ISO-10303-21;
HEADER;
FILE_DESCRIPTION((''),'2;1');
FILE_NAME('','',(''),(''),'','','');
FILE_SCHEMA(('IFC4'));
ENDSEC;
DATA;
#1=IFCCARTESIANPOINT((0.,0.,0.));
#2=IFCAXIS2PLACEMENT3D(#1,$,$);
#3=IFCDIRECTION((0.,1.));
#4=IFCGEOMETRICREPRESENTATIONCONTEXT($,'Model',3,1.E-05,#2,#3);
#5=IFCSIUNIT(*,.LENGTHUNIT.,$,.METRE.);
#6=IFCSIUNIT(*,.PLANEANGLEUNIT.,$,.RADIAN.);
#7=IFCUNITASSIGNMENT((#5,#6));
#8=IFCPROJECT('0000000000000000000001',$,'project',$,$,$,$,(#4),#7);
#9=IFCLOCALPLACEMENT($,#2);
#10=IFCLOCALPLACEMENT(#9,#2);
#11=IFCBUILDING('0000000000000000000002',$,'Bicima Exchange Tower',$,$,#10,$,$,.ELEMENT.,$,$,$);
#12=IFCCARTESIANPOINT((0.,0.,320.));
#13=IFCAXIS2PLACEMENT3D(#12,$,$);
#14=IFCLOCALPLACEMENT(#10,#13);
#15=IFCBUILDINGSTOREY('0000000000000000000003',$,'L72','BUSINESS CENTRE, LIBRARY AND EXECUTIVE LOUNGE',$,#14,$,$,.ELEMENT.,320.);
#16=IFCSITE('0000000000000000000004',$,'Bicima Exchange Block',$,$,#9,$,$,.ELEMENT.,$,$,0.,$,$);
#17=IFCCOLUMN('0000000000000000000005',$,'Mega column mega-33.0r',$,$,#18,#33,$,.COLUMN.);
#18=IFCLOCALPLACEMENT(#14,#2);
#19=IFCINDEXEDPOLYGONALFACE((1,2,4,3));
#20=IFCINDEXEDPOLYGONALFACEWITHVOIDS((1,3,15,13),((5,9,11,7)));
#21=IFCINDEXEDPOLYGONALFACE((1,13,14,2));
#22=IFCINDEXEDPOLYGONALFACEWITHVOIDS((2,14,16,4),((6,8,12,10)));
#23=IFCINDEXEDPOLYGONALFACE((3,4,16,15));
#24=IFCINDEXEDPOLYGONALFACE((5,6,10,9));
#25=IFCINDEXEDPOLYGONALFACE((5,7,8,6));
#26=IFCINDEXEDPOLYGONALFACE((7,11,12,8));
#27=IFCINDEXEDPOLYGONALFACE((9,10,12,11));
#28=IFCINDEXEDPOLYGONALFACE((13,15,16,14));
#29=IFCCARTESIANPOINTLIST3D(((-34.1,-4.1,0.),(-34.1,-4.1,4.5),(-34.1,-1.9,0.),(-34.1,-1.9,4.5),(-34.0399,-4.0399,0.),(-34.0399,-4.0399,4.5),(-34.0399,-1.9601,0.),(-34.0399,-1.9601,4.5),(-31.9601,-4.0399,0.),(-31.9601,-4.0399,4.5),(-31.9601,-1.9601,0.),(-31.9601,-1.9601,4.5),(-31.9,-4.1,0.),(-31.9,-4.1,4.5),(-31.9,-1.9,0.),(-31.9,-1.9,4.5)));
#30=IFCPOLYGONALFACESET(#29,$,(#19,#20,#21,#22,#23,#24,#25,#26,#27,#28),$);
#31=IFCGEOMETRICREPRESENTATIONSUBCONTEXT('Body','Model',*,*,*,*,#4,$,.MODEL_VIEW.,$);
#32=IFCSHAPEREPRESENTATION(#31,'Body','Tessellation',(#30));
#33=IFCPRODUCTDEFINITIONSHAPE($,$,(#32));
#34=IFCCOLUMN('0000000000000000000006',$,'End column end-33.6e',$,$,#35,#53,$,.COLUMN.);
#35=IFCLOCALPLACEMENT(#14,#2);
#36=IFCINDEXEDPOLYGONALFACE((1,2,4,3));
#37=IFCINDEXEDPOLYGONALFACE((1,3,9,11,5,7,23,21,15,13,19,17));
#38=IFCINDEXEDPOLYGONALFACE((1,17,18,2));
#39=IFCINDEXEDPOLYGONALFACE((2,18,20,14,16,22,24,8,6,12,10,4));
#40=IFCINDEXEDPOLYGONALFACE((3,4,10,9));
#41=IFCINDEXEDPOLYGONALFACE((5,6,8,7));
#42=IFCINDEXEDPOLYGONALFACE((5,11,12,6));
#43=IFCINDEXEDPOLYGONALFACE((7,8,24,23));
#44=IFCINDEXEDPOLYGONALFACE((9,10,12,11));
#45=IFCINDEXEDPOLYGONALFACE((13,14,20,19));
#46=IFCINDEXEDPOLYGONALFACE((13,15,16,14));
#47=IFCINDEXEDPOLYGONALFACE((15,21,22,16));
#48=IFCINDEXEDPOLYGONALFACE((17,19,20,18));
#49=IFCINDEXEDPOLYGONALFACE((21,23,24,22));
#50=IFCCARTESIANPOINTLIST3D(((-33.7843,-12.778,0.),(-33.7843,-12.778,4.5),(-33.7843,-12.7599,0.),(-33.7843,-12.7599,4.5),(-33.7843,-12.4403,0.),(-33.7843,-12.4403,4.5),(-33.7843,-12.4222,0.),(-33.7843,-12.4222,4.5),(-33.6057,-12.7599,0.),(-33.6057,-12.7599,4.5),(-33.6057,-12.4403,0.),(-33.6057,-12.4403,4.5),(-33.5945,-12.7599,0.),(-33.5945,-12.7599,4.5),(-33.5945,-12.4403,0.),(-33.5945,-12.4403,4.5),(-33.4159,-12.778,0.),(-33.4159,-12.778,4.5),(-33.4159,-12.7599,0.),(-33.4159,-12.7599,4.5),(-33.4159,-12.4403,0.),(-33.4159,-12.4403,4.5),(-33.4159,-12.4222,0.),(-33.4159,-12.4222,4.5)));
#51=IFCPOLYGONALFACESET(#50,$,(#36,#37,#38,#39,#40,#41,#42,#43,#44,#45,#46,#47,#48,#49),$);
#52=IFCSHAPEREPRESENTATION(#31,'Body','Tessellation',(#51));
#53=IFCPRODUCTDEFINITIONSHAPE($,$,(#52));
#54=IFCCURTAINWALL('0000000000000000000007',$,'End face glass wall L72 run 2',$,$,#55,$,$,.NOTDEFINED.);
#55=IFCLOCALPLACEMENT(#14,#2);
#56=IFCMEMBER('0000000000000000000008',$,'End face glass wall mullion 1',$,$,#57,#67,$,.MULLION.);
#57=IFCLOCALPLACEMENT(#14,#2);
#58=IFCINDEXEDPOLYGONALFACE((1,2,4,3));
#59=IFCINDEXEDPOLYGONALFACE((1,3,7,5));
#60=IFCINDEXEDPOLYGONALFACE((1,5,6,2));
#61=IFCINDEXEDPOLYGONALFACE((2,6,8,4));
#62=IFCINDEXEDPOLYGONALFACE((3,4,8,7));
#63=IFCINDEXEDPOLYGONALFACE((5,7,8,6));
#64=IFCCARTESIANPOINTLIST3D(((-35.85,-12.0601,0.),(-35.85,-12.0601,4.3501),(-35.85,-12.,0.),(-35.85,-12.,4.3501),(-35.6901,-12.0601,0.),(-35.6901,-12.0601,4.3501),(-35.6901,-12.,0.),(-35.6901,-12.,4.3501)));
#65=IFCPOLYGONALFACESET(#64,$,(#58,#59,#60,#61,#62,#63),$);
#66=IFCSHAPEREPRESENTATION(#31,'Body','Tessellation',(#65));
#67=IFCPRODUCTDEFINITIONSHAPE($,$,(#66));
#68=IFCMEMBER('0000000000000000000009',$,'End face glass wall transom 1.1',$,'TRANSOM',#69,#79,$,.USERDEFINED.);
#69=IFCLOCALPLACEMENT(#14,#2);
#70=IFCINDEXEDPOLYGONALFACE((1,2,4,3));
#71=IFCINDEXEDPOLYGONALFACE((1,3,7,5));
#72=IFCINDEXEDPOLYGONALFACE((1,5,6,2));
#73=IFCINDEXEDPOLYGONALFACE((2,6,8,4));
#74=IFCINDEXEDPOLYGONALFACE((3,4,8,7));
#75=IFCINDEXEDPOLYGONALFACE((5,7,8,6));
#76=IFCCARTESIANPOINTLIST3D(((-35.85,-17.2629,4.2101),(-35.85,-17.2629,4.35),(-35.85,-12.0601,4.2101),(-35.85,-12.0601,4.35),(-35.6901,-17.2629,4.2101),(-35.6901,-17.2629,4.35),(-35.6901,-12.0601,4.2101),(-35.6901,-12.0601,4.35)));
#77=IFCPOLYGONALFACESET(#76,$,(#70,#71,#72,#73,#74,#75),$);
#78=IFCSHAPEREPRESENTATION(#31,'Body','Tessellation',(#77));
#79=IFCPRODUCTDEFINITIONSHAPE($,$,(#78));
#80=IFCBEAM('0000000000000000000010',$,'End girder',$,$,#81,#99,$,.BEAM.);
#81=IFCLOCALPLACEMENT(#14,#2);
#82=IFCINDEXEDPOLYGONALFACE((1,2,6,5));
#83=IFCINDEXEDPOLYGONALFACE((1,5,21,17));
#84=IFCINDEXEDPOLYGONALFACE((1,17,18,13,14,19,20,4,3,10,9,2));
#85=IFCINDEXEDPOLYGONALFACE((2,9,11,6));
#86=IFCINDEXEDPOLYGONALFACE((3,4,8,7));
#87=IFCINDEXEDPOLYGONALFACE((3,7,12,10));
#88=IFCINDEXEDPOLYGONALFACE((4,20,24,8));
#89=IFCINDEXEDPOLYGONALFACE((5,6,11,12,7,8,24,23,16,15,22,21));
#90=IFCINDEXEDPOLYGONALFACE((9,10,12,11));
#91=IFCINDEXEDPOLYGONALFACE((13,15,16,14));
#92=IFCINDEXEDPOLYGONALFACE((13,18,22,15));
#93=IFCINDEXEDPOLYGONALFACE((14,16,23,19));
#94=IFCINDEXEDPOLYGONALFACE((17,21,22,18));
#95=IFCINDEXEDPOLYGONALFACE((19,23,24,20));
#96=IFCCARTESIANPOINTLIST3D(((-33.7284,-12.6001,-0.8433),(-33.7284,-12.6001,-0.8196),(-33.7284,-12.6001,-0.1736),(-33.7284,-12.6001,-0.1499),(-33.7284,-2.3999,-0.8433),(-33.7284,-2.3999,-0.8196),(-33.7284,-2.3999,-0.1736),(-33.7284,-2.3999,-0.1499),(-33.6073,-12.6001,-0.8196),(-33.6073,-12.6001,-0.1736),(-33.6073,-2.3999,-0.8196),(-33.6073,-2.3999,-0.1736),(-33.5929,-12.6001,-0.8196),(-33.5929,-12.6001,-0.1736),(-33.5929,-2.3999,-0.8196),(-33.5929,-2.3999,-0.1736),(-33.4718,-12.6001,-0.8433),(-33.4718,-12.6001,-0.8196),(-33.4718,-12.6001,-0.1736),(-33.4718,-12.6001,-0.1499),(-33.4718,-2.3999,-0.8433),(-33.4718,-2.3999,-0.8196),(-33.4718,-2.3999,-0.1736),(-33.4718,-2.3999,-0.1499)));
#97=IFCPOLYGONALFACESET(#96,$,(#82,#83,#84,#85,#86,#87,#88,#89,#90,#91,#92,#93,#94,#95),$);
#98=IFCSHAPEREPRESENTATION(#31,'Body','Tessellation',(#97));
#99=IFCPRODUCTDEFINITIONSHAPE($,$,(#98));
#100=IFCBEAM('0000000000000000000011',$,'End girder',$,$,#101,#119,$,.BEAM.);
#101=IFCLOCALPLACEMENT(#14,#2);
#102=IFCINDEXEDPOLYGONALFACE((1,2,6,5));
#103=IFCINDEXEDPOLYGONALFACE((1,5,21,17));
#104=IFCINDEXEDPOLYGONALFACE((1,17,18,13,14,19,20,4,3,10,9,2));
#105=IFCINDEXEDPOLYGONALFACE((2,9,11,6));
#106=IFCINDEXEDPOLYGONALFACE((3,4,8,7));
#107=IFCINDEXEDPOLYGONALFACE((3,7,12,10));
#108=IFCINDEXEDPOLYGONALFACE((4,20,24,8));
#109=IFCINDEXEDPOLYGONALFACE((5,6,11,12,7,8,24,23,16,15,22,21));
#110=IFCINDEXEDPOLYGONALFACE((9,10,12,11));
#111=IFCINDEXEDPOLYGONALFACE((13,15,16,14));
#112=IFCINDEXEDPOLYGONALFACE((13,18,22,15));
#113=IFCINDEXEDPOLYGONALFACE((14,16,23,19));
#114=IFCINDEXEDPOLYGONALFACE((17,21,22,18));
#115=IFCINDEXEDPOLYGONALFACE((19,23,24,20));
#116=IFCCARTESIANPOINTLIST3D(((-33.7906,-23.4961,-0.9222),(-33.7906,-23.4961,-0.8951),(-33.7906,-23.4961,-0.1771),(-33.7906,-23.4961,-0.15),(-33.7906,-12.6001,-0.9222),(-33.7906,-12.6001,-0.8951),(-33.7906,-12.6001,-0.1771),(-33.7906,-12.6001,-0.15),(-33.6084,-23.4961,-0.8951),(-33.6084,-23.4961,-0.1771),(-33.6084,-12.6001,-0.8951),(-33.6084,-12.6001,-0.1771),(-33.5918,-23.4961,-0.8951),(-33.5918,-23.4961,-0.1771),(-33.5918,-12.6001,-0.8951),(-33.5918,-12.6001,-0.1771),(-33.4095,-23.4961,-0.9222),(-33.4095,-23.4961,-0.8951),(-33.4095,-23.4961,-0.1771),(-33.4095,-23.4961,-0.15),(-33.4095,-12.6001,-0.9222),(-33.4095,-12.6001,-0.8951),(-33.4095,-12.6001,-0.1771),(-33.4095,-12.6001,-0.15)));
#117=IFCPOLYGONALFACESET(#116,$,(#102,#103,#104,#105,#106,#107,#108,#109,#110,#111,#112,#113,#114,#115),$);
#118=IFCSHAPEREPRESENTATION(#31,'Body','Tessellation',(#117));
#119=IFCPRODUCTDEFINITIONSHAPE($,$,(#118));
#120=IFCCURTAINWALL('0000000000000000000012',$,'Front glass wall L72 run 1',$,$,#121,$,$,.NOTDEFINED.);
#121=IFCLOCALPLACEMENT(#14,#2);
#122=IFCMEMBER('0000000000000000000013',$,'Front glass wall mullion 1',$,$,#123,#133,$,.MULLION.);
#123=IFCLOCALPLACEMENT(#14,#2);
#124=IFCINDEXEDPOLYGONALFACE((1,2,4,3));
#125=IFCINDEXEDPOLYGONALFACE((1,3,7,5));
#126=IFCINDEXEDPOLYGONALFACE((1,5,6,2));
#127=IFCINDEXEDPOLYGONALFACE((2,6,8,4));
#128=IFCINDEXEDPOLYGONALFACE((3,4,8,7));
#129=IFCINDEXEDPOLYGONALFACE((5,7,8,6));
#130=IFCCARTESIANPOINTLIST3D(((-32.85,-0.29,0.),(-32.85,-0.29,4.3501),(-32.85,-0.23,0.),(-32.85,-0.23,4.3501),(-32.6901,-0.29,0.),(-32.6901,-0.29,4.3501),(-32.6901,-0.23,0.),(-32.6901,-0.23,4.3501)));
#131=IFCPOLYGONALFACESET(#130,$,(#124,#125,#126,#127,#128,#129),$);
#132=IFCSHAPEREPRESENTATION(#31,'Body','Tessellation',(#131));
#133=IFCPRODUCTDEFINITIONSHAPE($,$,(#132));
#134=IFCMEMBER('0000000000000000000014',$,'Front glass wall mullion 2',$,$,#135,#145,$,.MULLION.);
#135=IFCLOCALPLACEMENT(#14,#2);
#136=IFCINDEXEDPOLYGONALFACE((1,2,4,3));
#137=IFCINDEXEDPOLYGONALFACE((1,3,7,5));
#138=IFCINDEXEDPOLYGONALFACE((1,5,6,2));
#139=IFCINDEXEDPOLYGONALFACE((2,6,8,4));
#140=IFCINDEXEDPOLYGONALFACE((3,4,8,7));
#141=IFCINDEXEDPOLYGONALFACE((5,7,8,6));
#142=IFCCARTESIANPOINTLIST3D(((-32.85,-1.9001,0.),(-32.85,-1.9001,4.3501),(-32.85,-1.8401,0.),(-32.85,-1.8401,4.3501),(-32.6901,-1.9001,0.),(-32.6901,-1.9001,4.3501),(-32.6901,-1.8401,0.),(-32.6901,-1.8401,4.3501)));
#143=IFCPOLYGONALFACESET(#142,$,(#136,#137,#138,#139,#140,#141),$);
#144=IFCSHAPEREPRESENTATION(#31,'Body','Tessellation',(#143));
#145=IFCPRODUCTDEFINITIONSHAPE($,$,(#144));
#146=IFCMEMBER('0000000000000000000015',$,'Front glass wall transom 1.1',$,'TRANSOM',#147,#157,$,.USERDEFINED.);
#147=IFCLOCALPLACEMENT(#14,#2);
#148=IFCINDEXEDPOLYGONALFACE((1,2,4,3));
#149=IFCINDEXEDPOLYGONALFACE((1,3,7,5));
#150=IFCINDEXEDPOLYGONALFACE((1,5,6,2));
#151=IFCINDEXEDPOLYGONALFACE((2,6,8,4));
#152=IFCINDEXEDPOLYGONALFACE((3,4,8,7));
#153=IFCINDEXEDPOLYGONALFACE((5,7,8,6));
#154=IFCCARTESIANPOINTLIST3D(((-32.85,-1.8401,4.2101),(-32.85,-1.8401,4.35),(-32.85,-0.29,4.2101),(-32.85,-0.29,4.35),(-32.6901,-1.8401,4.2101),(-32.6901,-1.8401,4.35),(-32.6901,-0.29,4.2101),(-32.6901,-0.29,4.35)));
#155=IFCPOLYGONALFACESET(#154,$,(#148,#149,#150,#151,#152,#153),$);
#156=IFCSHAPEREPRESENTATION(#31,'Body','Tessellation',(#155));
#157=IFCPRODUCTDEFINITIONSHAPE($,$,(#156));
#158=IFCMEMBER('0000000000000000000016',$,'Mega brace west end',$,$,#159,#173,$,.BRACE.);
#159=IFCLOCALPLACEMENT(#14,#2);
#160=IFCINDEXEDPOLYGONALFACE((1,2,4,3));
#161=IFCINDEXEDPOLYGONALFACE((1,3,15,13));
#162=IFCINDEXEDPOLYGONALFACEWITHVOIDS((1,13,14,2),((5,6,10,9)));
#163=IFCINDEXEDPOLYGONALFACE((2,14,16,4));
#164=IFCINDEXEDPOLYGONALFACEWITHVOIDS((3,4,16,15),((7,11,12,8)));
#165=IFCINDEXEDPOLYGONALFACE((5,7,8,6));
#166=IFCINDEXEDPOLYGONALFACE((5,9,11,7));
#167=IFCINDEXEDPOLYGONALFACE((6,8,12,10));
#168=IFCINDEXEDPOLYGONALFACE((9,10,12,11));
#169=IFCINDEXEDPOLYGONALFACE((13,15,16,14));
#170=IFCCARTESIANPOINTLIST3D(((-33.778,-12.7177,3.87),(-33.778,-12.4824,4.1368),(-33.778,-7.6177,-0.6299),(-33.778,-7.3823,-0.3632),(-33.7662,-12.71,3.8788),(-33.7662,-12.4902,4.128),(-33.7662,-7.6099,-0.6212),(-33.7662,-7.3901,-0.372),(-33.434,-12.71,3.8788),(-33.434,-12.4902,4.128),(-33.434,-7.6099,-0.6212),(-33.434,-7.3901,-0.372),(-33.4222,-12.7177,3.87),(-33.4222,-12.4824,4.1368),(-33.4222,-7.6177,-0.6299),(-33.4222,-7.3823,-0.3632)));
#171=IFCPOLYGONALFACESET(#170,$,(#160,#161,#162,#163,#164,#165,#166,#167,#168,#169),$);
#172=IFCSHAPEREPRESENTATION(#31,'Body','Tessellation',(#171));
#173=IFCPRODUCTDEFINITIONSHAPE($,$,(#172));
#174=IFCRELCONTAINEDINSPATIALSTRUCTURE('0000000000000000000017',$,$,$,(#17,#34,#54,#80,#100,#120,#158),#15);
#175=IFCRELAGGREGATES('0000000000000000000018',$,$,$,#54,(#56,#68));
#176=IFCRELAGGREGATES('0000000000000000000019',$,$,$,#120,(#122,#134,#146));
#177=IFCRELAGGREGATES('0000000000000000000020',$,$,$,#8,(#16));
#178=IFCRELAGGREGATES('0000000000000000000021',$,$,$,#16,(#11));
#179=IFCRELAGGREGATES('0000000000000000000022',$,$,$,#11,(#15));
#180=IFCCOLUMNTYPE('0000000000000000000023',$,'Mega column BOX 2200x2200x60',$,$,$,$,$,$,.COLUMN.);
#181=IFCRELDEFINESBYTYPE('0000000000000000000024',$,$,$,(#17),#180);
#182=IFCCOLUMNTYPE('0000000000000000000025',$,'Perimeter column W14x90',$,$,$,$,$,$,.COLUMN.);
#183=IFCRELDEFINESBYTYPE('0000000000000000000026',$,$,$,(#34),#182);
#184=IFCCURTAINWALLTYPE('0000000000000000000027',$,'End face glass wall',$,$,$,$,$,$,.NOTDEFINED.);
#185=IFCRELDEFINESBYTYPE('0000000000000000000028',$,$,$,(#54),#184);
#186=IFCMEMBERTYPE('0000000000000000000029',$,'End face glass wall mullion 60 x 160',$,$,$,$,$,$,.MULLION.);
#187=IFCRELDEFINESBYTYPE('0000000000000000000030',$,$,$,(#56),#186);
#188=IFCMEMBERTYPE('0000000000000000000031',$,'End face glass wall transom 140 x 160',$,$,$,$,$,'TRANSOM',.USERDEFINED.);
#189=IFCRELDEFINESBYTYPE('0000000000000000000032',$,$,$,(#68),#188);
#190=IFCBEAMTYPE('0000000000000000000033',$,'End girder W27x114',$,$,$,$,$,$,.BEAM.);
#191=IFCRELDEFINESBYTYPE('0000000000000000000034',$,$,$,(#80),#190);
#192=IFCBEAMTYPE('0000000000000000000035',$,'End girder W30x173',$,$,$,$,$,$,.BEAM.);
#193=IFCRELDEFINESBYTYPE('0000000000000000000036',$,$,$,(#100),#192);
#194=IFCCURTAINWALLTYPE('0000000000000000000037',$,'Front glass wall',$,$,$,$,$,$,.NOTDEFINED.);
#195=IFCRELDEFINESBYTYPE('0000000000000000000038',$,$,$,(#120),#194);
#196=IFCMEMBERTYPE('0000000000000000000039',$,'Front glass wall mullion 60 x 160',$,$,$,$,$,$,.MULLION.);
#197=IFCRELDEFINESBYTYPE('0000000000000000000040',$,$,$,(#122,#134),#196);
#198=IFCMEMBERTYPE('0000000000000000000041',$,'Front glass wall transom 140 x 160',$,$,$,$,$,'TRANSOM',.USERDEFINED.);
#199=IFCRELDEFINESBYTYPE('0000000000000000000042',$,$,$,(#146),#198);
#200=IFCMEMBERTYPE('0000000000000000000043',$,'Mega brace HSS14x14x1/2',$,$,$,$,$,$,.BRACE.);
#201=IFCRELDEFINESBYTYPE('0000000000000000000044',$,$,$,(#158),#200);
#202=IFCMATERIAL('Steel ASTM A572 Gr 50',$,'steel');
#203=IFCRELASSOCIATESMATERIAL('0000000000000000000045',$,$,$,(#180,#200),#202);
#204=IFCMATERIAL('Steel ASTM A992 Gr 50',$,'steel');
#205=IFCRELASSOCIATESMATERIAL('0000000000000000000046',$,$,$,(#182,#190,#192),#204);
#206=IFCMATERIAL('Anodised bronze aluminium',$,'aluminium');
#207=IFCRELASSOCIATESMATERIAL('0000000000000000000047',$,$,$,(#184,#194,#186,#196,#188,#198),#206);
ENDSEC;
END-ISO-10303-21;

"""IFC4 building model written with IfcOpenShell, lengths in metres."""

from ifc_helpers import new_model, si_unit, direction, frame, origin, origin_2d, place, context, subcontext, project, spatial, rectangle, hollow_rectangle, i_section, extrude, material, material_profile, profile_set, type_object, element, aggregate, save


model = new_model("IFC4")

# Units and contexts
model_context = context("Model", 3, precision=1e-05, world=origin(), true_north=direction((0.0, 1.0)))
body_context = subcontext(model_context, "Body", "Model", "MODEL_VIEW")
ifc_project = project(units=[si_unit("LENGTHUNIT", "METRE"), si_unit("PLANEANGLEUNIT", "RADIAN")], contexts=[model_context])

# Site, building, storey
site_placement = place(None, origin())
site = spatial("IfcSite", under=ifc_project, at=site_placement, Name="Bicima Exchange Block", CompositionType="ELEMENT", RefElevation=0.0)
building_placement = place(site_placement, origin())
building = spatial("IfcBuilding", under=site, at=building_placement, Name="Bicima Exchange Tower", CompositionType="ELEMENT")
storey_placement = place(building_placement, frame((0.0, 0.0, 320.0)))
storey = spatial("IfcBuildingStorey", under=building, at=storey_placement, Name="L72", Description="BUSINESS CENTRE, LIBRARY AND EXECUTIVE LOUNGE", CompositionType="ELEMENT", Elevation=320.0)

# Columns
ifc_material_1 = material(Name="Steel ASTM A572 Gr 50", Category="steel")
ifc_material_profile_1 = material_profile(ifc_material_1, hollow_rectangle(XDim=2.2, YDim=2.2, WallThickness=0.0601, at=origin_2d()))
ifc_profile_set_1 = profile_set([ifc_material_profile_1], Name="Steel ASTM A572 Gr 50")
column_type_1 = type_object("IfcColumnType", Name="Mega column BOX 2200x2200x60", PredefinedType="COLUMN", material=ifc_profile_set_1)
column_1_placement = place(storey_placement, frame((-33.0, -3.0, 0.0), z_axis=(0.0, 0.0, 1.0), x_axis=(1.0, 0.0, 0.0)))
element("IfcColumn", 1, at=column_1_placement, inside=storey, type_object=column_type_1, Name="Mega column mega-33.0r", PredefinedType="COLUMN", context=body_context, shape_type="SweptSolid", body=[
    extrude(hollow_rectangle(XDim=2.2, YDim=2.2, WallThickness=0.0601, at=origin_2d()), origin(), (0.0, 0.0, 1.0), 4.5),
])
ifc_material_2 = material(Name="Steel ASTM A992 Gr 50", Category="steel")
ifc_material_profile_2 = material_profile(ifc_material_2, i_section(OverallWidth=0.3684, OverallDepth=0.3557, WebThickness=0.0112, FlangeThickness=0.0181, at=origin_2d()))
ifc_profile_set_2 = profile_set([ifc_material_profile_2], Name="Steel ASTM A992 Gr 50")
column_type_2 = type_object("IfcColumnType", Name="Perimeter column W14x90", PredefinedType="COLUMN", material=ifc_profile_set_2)
column_2_placement = place(storey_placement, frame((-33.6001, -12.6001, 0.0), z_axis=(0.0, 0.0, 1.0), x_axis=(1.0, 0.0, 0.0)))
element("IfcColumn", 2, at=column_2_placement, inside=storey, type_object=column_type_2, Name="End column end-33.6e", PredefinedType="COLUMN", context=body_context, shape_type="SweptSolid", body=[
    extrude(i_section(OverallWidth=0.3684, OverallDepth=0.3557, WebThickness=0.0112, FlangeThickness=0.0181, at=origin_2d()), origin(), (0.0, 0.0, 1.0), 4.5),
])

# Curtain wall, members
ifc_material_3 = material(Name="Anodised bronze aluminium", Category="aluminium")
curtain_wall_type_1 = type_object("IfcCurtainWallType", Name="End face glass wall", PredefinedType="NOTDEFINED", material=ifc_material_3)
curtain_wall_1_placement = place(storey_placement, origin())
curtain_wall_1 = element("IfcCurtainWall", 3, at=curtain_wall_1_placement, inside=storey, type_object=curtain_wall_type_1, Name="End face glass wall L72 run 2", PredefinedType="NOTDEFINED")
ifc_material_profile_3 = material_profile(ifc_material_3, rectangle(XDim=0.1599, YDim=0.0601, at=origin_2d()))
ifc_profile_set_3 = profile_set([ifc_material_profile_3], Name="Anodised bronze aluminium")
member_type_1 = type_object("IfcMemberType", Name="End face glass wall mullion 60 x 160", PredefinedType="MULLION", material=ifc_profile_set_3)
member_1_placement = place(storey_placement, frame((-35.77, -12.03, 0.0), z_axis=(0.0, 0.0, 1.0), x_axis=(1.0, 0.0, 0.0)))
member_1 = element("IfcMember", 4, at=member_1_placement, type_object=member_type_1, Name="End face glass wall mullion 1", PredefinedType="MULLION", context=body_context, shape_type="SweptSolid", body=[
    extrude(rectangle(XDim=0.1599, YDim=0.0601, at=origin_2d()), origin(), (0.0, 0.0, 1.0), 4.3501),
])
ifc_material_profile_4 = material_profile(ifc_material_3, rectangle(XDim=0.1599, YDim=0.1399, at=origin_2d()))
ifc_profile_set_4 = profile_set([ifc_material_profile_4], Name="Anodised bronze aluminium")
member_type_2 = type_object("IfcMemberType", Name="End face glass wall transom 140 x 160", ElementType="TRANSOM", PredefinedType="USERDEFINED", material=ifc_profile_set_4)
member_2_placement = place(storey_placement, frame((-35.77, -12.0601, 4.28), z_axis=(0.0, -1.0, 0.0), x_axis=(1.0, 0.0, 0.0)))
member_2 = element("IfcMember", 5, at=member_2_placement, type_object=member_type_2, Name="End face glass wall transom 1.1", ObjectType="TRANSOM", PredefinedType="USERDEFINED", context=body_context, shape_type="SweptSolid", body=[
    extrude(rectangle(XDim=0.1599, YDim=0.1399, at=origin_2d()), origin(), (0.0, 0.0, 1.0), 5.2029),
])
aggregate(curtain_wall_1, [member_1, member_2])

# Beams
ifc_material_profile_5 = material_profile(ifc_material_2, i_section(OverallWidth=0.2566, OverallDepth=0.6934, WebThickness=0.0144, FlangeThickness=0.0237, at=origin_2d()))
ifc_profile_set_5 = profile_set([ifc_material_profile_5], Name="Steel ASTM A992 Gr 50")
beam_type_1 = type_object("IfcBeamType", Name="End girder W27x114", PredefinedType="BEAM", material=ifc_profile_set_5)
beam_1_placement = place(storey_placement, frame((-33.6001, -2.3999, -0.4966), z_axis=(0.0, -1.0, 0.0), x_axis=(1.0, 0.0, 0.0)))
element("IfcBeam", 6, at=beam_1_placement, inside=storey, type_object=beam_type_1, Name="End girder", PredefinedType="BEAM", context=body_context, shape_type="SweptSolid", body=[
    extrude(i_section(OverallWidth=0.2566, OverallDepth=0.6934, WebThickness=0.0144, FlangeThickness=0.0237, at=origin_2d()), origin(), (0.0, 0.0, 1.0), 10.2002),
])
ifc_material_profile_6 = material_profile(ifc_material_2, i_section(OverallWidth=0.3811, OverallDepth=0.7722, WebThickness=0.0166, FlangeThickness=0.0271, at=origin_2d()))
ifc_profile_set_6 = profile_set([ifc_material_profile_6], Name="Steel ASTM A992 Gr 50")
beam_type_2 = type_object("IfcBeamType", Name="End girder W30x173", PredefinedType="BEAM", material=ifc_profile_set_6)
beam_2_placement = place(storey_placement, frame((-33.6001, -12.6001, -0.5361), z_axis=(0.0, -1.0, 0.0), x_axis=(1.0, 0.0, 0.0)))
element("IfcBeam", 7, at=beam_2_placement, inside=storey, type_object=beam_type_2, Name="End girder", PredefinedType="BEAM", context=body_context, shape_type="SweptSolid", body=[
    extrude(i_section(OverallWidth=0.3811, OverallDepth=0.7722, WebThickness=0.0166, FlangeThickness=0.0271, at=origin_2d()), origin(), (0.0, 0.0, 1.0), 10.896),
])

# Curtain wall, members
curtain_wall_type_2 = type_object("IfcCurtainWallType", Name="Front glass wall", PredefinedType="NOTDEFINED", material=ifc_material_3)
curtain_wall_2_placement = place(storey_placement, origin())
curtain_wall_2 = element("IfcCurtainWall", 8, at=curtain_wall_2_placement, inside=storey, type_object=curtain_wall_type_2, Name="Front glass wall L72 run 1", PredefinedType="NOTDEFINED")
member_type_3 = type_object("IfcMemberType", Name="Front glass wall mullion 60 x 160", PredefinedType="MULLION", material=ifc_profile_set_3)
member_3_placement = place(storey_placement, frame((-32.77, -0.26, 0.0), z_axis=(0.0, 0.0, 1.0), x_axis=(1.0, 0.0, 0.0)))
member_3 = element("IfcMember", 9, at=member_3_placement, type_object=member_type_3, Name="Front glass wall mullion 1", PredefinedType="MULLION", context=body_context, shape_type="SweptSolid", body=[
    extrude(rectangle(XDim=0.1599, YDim=0.0601, at=origin_2d()), origin(), (0.0, 0.0, 1.0), 4.3501),
])
member_4_placement = place(storey_placement, frame((-32.77, -1.8701, 0.0), z_axis=(0.0, 0.0, 1.0), x_axis=(1.0, 0.0, 0.0)))
member_4 = element("IfcMember", 10, at=member_4_placement, type_object=member_type_3, Name="Front glass wall mullion 2", PredefinedType="MULLION", context=body_context, shape_type="SweptSolid", body=[
    extrude(rectangle(XDim=0.1599, YDim=0.0601, at=origin_2d()), origin(), (0.0, 0.0, 1.0), 4.3501),
])
member_type_4 = type_object("IfcMemberType", Name="Front glass wall transom 140 x 160", ElementType="TRANSOM", PredefinedType="USERDEFINED", material=ifc_profile_set_4)
member_5_placement = place(storey_placement, frame((-32.77, -0.29, 4.28), z_axis=(0.0, -1.0, 0.0), x_axis=(1.0, 0.0, 0.0)))
member_5 = element("IfcMember", 11, at=member_5_placement, type_object=member_type_4, Name="Front glass wall transom 1.1", ObjectType="TRANSOM", PredefinedType="USERDEFINED", context=body_context, shape_type="SweptSolid", body=[
    extrude(rectangle(XDim=0.1599, YDim=0.1399, at=origin_2d()), origin(), (0.0, 0.0, 1.0), 1.55),
])

# Member
ifc_material_profile_7 = material_profile(ifc_material_1, hollow_rectangle(XDim=0.3557, YDim=0.3557, WallThickness=0.0117, at=origin_2d()))
ifc_profile_set_7 = profile_set([ifc_material_profile_7], Name="Steel ASTM A572 Gr 50")
member_type_5 = type_object("IfcMemberType", Name="Mega brace HSS14x14x1/2", PredefinedType="BRACE", material=ifc_profile_set_7)
for number, where, z_axis, x_axis, name in (
    (12, (-33.6001, -7.5, -0.4966), (0.0, -0.749844, 0.661615), (1.0, 0.0, 0.0), "Mega brace west end"),
):
    element("IfcMember", number, at=place(storey_placement, frame(where, z_axis=z_axis, x_axis=x_axis)), inside=storey, type_object=member_type_5, Name=name, PredefinedType="BRACE", context=body_context, shape_type="SweptSolid", body=[
        extrude(hollow_rectangle(XDim=0.3557, YDim=0.3557, WallThickness=0.0117, at=origin_2d()), origin(), (0.0, 0.0, 1.0), 6.8015),
    ])

aggregate(curtain_wall_2, [member_3, member_4, member_5])

save(model, "model.ifc")
